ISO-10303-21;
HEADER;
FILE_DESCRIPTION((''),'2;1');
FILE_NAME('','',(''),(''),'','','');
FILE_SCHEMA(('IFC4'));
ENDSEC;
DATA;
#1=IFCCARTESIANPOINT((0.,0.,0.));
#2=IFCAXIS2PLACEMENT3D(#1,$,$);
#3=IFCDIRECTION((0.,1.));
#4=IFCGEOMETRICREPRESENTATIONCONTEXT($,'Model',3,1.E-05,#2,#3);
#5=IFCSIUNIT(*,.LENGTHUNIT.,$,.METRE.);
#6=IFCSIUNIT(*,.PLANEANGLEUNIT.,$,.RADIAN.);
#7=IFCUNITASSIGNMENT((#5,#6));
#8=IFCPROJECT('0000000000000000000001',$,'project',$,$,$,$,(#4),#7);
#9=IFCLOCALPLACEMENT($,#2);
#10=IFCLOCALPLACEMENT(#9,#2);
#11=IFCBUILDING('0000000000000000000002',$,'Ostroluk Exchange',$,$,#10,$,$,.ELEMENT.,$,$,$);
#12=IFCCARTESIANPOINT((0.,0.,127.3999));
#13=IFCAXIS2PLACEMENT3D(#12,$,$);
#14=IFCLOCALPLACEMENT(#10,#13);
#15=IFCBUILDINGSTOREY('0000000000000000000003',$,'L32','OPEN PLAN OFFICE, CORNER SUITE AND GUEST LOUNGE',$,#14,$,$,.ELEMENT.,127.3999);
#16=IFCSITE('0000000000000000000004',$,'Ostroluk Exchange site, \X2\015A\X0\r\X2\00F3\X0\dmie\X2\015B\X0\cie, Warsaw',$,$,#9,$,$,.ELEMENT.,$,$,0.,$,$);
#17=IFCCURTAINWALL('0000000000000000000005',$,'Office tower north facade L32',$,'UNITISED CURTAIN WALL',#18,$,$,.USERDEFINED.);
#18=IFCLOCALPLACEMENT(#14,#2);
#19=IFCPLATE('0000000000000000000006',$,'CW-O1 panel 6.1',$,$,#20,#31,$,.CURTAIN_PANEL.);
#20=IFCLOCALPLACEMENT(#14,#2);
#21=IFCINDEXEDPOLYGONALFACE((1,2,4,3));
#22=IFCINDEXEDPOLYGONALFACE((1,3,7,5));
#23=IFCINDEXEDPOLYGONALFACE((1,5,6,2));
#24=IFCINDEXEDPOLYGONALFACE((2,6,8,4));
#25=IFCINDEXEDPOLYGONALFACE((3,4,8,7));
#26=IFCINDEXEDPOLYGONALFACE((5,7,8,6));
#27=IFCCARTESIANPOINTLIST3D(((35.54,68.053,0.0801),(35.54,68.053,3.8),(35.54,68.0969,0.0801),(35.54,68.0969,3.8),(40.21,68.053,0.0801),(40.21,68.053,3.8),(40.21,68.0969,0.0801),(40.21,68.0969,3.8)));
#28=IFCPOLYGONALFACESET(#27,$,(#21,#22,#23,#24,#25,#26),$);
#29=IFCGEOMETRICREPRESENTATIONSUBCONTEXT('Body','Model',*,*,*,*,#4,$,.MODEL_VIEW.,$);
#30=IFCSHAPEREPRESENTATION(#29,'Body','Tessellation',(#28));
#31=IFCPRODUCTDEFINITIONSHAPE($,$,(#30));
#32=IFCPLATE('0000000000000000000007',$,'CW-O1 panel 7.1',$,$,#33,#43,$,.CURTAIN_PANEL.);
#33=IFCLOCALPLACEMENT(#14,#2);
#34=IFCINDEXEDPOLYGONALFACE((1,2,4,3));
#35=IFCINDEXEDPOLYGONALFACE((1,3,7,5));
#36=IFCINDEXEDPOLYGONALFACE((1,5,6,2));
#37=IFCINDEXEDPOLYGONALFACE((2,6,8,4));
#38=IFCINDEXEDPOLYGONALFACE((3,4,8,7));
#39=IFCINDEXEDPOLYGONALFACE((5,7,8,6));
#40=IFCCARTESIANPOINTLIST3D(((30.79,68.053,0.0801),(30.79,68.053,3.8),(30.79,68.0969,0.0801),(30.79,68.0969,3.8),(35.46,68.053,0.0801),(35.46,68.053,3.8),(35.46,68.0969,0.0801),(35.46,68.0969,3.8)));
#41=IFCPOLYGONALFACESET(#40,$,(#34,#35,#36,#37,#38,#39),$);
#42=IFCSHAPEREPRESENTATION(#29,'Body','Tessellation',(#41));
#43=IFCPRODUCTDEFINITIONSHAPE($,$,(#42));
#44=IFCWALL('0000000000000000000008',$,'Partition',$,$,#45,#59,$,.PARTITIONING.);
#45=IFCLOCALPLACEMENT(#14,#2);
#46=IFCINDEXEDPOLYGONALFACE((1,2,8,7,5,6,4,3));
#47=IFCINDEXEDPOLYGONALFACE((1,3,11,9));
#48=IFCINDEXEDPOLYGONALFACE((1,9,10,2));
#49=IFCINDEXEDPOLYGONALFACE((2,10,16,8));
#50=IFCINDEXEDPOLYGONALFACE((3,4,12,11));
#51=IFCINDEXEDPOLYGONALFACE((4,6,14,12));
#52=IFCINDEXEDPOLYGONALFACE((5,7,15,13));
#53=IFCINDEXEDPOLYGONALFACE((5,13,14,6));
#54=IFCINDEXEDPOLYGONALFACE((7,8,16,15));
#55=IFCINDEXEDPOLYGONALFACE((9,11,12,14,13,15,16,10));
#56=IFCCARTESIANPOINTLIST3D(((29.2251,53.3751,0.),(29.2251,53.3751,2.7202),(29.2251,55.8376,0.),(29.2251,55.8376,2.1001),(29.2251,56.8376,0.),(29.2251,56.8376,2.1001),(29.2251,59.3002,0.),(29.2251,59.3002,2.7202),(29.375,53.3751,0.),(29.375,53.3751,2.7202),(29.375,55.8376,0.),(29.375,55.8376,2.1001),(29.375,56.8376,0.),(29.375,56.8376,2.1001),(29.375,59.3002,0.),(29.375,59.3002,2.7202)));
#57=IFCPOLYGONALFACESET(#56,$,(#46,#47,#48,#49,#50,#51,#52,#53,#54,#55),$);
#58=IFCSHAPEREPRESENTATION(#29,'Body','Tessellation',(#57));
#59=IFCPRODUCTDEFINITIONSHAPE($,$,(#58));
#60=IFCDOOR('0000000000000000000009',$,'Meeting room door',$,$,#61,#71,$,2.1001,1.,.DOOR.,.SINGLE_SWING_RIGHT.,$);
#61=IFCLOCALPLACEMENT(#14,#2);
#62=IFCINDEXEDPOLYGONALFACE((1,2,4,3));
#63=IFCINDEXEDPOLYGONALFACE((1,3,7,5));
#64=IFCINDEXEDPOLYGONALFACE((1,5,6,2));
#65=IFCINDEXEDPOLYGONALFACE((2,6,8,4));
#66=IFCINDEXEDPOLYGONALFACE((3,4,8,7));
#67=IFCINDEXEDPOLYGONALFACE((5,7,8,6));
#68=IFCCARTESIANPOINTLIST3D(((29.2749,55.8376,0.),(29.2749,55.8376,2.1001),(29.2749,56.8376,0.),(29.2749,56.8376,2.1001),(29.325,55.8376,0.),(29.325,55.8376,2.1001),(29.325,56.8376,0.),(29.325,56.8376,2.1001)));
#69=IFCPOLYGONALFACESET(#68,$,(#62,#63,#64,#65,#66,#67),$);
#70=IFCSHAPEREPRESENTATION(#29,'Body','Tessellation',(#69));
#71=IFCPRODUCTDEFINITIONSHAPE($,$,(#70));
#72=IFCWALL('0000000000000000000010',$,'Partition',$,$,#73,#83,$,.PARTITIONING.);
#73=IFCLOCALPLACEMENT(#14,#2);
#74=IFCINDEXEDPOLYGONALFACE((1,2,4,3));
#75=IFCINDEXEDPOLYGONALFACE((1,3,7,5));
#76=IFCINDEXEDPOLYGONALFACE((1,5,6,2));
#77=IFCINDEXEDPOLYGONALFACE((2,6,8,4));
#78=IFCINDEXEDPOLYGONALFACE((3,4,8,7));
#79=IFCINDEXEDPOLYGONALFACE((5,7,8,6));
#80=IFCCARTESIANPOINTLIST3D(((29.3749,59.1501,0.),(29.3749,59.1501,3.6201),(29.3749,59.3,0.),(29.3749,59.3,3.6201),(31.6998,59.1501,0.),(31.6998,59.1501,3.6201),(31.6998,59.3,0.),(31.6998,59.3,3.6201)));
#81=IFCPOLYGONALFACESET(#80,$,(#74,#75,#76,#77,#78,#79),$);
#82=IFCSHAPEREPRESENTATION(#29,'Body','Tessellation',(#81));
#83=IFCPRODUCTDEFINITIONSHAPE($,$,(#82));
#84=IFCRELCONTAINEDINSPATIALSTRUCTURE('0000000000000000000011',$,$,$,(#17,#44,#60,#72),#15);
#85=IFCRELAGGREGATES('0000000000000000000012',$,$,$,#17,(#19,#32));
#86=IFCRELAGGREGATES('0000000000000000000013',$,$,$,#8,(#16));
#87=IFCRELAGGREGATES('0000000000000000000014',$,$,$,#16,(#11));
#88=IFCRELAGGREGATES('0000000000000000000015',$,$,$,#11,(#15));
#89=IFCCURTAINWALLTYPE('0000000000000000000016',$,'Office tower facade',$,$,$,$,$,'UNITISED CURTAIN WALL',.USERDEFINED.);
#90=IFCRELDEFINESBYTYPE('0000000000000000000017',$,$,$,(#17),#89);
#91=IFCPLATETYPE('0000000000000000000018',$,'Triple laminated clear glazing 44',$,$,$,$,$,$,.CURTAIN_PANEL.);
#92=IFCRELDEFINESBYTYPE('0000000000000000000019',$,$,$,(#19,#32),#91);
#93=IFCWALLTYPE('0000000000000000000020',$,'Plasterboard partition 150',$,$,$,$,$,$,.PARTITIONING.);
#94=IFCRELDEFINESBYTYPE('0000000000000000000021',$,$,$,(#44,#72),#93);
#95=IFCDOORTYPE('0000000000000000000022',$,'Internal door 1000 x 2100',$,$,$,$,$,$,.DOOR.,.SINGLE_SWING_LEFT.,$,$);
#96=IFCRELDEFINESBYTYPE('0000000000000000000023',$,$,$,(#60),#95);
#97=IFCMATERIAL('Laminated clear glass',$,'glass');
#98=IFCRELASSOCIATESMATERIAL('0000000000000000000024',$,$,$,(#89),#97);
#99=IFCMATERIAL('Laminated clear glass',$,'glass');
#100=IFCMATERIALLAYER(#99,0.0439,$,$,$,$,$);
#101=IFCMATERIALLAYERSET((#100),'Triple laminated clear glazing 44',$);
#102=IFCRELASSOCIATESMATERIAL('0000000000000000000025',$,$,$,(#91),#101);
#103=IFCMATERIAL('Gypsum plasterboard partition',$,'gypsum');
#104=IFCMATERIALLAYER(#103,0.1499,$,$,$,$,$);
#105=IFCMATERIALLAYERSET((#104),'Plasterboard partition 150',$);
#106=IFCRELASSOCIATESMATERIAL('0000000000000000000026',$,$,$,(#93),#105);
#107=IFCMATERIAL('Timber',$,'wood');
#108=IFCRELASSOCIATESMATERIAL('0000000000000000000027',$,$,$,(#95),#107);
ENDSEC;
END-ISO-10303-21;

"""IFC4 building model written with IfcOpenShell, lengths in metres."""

from ifc_helpers import new_model, si_unit, direction, frame, frame_2d, origin, origin_2d, place, context, subcontext, project, spatial, rectangle, extrude, material, layer, layer_set, type_object, element, fill, aggregate, save


model = new_model("IFC4")

# Units and contexts
model_context = context("Model", 3, precision=1e-05, world=origin(), true_north=direction((0.0, 1.0)))
body_context = subcontext(model_context, "Body", "Model", "MODEL_VIEW")
ifc_project = project(units=[si_unit("LENGTHUNIT", "METRE"), si_unit("PLANEANGLEUNIT", "RADIAN")], contexts=[model_context])

# Site, building, storey
site_placement = place(None, origin())
site = spatial("IfcSite", under=ifc_project, at=site_placement, Name="Ostroluk Exchange site, Śródmieście, Warsaw", CompositionType="ELEMENT", RefElevation=0.0)
building_placement = place(site_placement, origin())
building = spatial("IfcBuilding", under=site, at=building_placement, Name="Ostroluk Exchange", CompositionType="ELEMENT")
storey_placement = place(building_placement, frame((0.0, 0.0, 127.3999)))
storey = spatial("IfcBuildingStorey", under=building, at=storey_placement, Name="L32", Description="OPEN PLAN OFFICE, CORNER SUITE AND GUEST LOUNGE", CompositionType="ELEMENT", Elevation=127.3999)

# Curtain wall, plates
ifc_material_1 = material(Name="Laminated clear glass", Category="glass")
curtain_wall_type = type_object("IfcCurtainWallType", Name="Office tower facade", ElementType="UNITISED CURTAIN WALL", PredefinedType="USERDEFINED", material=ifc_material_1)
curtain_wall_placement = place(storey_placement, origin())
curtain_wall = element("IfcCurtainWall", 1, at=curtain_wall_placement, inside=storey, type_object=curtain_wall_type, Name="Office tower north facade L32", ObjectType="UNITISED CURTAIN WALL", PredefinedType="USERDEFINED")
ifc_material_2 = material(Name="Laminated clear glass", Category="glass")
ifc_layer_1 = layer(ifc_material_2, 0.0439)
ifc_layer_set_1 = layer_set([ifc_layer_1], Name="Triple laminated clear glazing 44")
plate_type = type_object("IfcPlateType", Name="Triple laminated clear glazing 44", PredefinedType="CURTAIN_PANEL", material=ifc_layer_set_1)
plate_1_placement = place(storey_placement, frame((37.875, 68.075, 0.0801), z_axis=(0.0, 0.0, 1.0), x_axis=(-1.0, 0.0, 0.0)))
plate_1 = element("IfcPlate", 2, at=plate_1_placement, type_object=plate_type, Name="CW-O1 panel 6.1", PredefinedType="CURTAIN_PANEL", context=body_context, shape_type="SweptSolid", body=[
    extrude(rectangle(XDim=4.6699, YDim=0.0439, at=origin_2d()), origin(), (0.0, 0.0, 1.0), 3.72),
])
plate_2_placement = place(storey_placement, frame((33.125, 68.075, 0.0801), z_axis=(0.0, 0.0, 1.0), x_axis=(-1.0, 0.0, 0.0)))
plate_2 = element("IfcPlate", 3, at=plate_2_placement, type_object=plate_type, Name="CW-O1 panel 7.1", PredefinedType="CURTAIN_PANEL", context=body_context, shape_type="SweptSolid", body=[
    extrude(rectangle(XDim=4.6699, YDim=0.0439, at=origin_2d()), origin(), (0.0, 0.0, 1.0), 3.72),
])
aggregate(curtain_wall, [plate_1, plate_2])

# Wall, opening, door
ifc_material_3 = material(Name="Gypsum plasterboard partition", Category="gypsum")
ifc_layer_2 = layer(ifc_material_3, 0.1499)
ifc_layer_set_2 = layer_set([ifc_layer_2], Name="Plasterboard partition 150")
wall_type = type_object("IfcWallType", Name="Plasterboard partition 150", PredefinedType="PARTITIONING", material=ifc_layer_set_2)
wall_1_placement = place(storey_placement, frame((29.3, 59.3, 0.0), z_axis=(0.0, 0.0, 1.0), x_axis=(0.0, -1.0, 0.0)))
wall_1 = element("IfcWall", 4, at=wall_1_placement, inside=storey, type_object=wall_type, Name="Partition", PredefinedType="PARTITIONING", context=body_context, shape_type="SweptSolid", body=[
    extrude(rectangle(XDim=5.925, YDim=0.1499, at=frame_2d((2.9624, 0.0))), origin(), (0.0, 0.0, 1.0), 2.7202),
])
opening_placement = place(wall_1_placement, frame((2.4624, 0.0, 0.0)))
opening = element("IfcOpeningElement", 5, at=opening_placement, cuts=wall_1, PredefinedType="OPENING", context=body_context, shape_type="SweptSolid", body=[
    extrude(rectangle(XDim=1.0, YDim=2.1001, at=frame_2d((0.5, 1.05))), frame((0.0, 0.085, 0.0), z_axis=(0.0, -1.0, 0.0), x_axis=(1.0, 0.0, 0.0)), (0.0, 0.0, 1.0), 0.1699),
])
ifc_material_4 = material(Name="Timber", Category="wood")
door_type = type_object("IfcDoorType", Name="Internal door 1000 x 2100", OperationType="SINGLE_SWING_LEFT", PredefinedType="DOOR", material=ifc_material_4)
door_placement = place(opening_placement, origin())
door = element("IfcDoor", 6, at=door_placement, inside=storey, type_object=door_type, Name="Meeting room door", OperationType="SINGLE_SWING_RIGHT", OverallHeight=2.1001, OverallWidth=1.0, PredefinedType="DOOR", context=body_context, shape_type="SweptSolid", body=[
    extrude(rectangle(XDim=1.0, YDim=2.1001, at=frame_2d((0.5, 1.05))), frame((0.0, 0.0249, 0.0), z_axis=(0.0, -1.0, 0.0), x_axis=(1.0, 0.0, 0.0)), (0.0, 0.0, 1.0), 0.05),
])
fill(opening, door)

# Wall
wall_2_placement = place(storey_placement, frame((31.7, 59.2251, 0.0), z_axis=(0.0, 0.0, 1.0), x_axis=(-1.0, 0.0, 0.0)))
element("IfcWall", 7, at=wall_2_placement, inside=storey, type_object=wall_type, Name="Partition", PredefinedType="PARTITIONING", context=body_context, shape_type="SweptSolid", body=[
    extrude(rectangle(XDim=2.325, YDim=0.1499, at=frame_2d((1.1626, 0.0))), origin(), (0.0, 0.0, 1.0), 3.6201),
])

save(model, "model.ifc")
